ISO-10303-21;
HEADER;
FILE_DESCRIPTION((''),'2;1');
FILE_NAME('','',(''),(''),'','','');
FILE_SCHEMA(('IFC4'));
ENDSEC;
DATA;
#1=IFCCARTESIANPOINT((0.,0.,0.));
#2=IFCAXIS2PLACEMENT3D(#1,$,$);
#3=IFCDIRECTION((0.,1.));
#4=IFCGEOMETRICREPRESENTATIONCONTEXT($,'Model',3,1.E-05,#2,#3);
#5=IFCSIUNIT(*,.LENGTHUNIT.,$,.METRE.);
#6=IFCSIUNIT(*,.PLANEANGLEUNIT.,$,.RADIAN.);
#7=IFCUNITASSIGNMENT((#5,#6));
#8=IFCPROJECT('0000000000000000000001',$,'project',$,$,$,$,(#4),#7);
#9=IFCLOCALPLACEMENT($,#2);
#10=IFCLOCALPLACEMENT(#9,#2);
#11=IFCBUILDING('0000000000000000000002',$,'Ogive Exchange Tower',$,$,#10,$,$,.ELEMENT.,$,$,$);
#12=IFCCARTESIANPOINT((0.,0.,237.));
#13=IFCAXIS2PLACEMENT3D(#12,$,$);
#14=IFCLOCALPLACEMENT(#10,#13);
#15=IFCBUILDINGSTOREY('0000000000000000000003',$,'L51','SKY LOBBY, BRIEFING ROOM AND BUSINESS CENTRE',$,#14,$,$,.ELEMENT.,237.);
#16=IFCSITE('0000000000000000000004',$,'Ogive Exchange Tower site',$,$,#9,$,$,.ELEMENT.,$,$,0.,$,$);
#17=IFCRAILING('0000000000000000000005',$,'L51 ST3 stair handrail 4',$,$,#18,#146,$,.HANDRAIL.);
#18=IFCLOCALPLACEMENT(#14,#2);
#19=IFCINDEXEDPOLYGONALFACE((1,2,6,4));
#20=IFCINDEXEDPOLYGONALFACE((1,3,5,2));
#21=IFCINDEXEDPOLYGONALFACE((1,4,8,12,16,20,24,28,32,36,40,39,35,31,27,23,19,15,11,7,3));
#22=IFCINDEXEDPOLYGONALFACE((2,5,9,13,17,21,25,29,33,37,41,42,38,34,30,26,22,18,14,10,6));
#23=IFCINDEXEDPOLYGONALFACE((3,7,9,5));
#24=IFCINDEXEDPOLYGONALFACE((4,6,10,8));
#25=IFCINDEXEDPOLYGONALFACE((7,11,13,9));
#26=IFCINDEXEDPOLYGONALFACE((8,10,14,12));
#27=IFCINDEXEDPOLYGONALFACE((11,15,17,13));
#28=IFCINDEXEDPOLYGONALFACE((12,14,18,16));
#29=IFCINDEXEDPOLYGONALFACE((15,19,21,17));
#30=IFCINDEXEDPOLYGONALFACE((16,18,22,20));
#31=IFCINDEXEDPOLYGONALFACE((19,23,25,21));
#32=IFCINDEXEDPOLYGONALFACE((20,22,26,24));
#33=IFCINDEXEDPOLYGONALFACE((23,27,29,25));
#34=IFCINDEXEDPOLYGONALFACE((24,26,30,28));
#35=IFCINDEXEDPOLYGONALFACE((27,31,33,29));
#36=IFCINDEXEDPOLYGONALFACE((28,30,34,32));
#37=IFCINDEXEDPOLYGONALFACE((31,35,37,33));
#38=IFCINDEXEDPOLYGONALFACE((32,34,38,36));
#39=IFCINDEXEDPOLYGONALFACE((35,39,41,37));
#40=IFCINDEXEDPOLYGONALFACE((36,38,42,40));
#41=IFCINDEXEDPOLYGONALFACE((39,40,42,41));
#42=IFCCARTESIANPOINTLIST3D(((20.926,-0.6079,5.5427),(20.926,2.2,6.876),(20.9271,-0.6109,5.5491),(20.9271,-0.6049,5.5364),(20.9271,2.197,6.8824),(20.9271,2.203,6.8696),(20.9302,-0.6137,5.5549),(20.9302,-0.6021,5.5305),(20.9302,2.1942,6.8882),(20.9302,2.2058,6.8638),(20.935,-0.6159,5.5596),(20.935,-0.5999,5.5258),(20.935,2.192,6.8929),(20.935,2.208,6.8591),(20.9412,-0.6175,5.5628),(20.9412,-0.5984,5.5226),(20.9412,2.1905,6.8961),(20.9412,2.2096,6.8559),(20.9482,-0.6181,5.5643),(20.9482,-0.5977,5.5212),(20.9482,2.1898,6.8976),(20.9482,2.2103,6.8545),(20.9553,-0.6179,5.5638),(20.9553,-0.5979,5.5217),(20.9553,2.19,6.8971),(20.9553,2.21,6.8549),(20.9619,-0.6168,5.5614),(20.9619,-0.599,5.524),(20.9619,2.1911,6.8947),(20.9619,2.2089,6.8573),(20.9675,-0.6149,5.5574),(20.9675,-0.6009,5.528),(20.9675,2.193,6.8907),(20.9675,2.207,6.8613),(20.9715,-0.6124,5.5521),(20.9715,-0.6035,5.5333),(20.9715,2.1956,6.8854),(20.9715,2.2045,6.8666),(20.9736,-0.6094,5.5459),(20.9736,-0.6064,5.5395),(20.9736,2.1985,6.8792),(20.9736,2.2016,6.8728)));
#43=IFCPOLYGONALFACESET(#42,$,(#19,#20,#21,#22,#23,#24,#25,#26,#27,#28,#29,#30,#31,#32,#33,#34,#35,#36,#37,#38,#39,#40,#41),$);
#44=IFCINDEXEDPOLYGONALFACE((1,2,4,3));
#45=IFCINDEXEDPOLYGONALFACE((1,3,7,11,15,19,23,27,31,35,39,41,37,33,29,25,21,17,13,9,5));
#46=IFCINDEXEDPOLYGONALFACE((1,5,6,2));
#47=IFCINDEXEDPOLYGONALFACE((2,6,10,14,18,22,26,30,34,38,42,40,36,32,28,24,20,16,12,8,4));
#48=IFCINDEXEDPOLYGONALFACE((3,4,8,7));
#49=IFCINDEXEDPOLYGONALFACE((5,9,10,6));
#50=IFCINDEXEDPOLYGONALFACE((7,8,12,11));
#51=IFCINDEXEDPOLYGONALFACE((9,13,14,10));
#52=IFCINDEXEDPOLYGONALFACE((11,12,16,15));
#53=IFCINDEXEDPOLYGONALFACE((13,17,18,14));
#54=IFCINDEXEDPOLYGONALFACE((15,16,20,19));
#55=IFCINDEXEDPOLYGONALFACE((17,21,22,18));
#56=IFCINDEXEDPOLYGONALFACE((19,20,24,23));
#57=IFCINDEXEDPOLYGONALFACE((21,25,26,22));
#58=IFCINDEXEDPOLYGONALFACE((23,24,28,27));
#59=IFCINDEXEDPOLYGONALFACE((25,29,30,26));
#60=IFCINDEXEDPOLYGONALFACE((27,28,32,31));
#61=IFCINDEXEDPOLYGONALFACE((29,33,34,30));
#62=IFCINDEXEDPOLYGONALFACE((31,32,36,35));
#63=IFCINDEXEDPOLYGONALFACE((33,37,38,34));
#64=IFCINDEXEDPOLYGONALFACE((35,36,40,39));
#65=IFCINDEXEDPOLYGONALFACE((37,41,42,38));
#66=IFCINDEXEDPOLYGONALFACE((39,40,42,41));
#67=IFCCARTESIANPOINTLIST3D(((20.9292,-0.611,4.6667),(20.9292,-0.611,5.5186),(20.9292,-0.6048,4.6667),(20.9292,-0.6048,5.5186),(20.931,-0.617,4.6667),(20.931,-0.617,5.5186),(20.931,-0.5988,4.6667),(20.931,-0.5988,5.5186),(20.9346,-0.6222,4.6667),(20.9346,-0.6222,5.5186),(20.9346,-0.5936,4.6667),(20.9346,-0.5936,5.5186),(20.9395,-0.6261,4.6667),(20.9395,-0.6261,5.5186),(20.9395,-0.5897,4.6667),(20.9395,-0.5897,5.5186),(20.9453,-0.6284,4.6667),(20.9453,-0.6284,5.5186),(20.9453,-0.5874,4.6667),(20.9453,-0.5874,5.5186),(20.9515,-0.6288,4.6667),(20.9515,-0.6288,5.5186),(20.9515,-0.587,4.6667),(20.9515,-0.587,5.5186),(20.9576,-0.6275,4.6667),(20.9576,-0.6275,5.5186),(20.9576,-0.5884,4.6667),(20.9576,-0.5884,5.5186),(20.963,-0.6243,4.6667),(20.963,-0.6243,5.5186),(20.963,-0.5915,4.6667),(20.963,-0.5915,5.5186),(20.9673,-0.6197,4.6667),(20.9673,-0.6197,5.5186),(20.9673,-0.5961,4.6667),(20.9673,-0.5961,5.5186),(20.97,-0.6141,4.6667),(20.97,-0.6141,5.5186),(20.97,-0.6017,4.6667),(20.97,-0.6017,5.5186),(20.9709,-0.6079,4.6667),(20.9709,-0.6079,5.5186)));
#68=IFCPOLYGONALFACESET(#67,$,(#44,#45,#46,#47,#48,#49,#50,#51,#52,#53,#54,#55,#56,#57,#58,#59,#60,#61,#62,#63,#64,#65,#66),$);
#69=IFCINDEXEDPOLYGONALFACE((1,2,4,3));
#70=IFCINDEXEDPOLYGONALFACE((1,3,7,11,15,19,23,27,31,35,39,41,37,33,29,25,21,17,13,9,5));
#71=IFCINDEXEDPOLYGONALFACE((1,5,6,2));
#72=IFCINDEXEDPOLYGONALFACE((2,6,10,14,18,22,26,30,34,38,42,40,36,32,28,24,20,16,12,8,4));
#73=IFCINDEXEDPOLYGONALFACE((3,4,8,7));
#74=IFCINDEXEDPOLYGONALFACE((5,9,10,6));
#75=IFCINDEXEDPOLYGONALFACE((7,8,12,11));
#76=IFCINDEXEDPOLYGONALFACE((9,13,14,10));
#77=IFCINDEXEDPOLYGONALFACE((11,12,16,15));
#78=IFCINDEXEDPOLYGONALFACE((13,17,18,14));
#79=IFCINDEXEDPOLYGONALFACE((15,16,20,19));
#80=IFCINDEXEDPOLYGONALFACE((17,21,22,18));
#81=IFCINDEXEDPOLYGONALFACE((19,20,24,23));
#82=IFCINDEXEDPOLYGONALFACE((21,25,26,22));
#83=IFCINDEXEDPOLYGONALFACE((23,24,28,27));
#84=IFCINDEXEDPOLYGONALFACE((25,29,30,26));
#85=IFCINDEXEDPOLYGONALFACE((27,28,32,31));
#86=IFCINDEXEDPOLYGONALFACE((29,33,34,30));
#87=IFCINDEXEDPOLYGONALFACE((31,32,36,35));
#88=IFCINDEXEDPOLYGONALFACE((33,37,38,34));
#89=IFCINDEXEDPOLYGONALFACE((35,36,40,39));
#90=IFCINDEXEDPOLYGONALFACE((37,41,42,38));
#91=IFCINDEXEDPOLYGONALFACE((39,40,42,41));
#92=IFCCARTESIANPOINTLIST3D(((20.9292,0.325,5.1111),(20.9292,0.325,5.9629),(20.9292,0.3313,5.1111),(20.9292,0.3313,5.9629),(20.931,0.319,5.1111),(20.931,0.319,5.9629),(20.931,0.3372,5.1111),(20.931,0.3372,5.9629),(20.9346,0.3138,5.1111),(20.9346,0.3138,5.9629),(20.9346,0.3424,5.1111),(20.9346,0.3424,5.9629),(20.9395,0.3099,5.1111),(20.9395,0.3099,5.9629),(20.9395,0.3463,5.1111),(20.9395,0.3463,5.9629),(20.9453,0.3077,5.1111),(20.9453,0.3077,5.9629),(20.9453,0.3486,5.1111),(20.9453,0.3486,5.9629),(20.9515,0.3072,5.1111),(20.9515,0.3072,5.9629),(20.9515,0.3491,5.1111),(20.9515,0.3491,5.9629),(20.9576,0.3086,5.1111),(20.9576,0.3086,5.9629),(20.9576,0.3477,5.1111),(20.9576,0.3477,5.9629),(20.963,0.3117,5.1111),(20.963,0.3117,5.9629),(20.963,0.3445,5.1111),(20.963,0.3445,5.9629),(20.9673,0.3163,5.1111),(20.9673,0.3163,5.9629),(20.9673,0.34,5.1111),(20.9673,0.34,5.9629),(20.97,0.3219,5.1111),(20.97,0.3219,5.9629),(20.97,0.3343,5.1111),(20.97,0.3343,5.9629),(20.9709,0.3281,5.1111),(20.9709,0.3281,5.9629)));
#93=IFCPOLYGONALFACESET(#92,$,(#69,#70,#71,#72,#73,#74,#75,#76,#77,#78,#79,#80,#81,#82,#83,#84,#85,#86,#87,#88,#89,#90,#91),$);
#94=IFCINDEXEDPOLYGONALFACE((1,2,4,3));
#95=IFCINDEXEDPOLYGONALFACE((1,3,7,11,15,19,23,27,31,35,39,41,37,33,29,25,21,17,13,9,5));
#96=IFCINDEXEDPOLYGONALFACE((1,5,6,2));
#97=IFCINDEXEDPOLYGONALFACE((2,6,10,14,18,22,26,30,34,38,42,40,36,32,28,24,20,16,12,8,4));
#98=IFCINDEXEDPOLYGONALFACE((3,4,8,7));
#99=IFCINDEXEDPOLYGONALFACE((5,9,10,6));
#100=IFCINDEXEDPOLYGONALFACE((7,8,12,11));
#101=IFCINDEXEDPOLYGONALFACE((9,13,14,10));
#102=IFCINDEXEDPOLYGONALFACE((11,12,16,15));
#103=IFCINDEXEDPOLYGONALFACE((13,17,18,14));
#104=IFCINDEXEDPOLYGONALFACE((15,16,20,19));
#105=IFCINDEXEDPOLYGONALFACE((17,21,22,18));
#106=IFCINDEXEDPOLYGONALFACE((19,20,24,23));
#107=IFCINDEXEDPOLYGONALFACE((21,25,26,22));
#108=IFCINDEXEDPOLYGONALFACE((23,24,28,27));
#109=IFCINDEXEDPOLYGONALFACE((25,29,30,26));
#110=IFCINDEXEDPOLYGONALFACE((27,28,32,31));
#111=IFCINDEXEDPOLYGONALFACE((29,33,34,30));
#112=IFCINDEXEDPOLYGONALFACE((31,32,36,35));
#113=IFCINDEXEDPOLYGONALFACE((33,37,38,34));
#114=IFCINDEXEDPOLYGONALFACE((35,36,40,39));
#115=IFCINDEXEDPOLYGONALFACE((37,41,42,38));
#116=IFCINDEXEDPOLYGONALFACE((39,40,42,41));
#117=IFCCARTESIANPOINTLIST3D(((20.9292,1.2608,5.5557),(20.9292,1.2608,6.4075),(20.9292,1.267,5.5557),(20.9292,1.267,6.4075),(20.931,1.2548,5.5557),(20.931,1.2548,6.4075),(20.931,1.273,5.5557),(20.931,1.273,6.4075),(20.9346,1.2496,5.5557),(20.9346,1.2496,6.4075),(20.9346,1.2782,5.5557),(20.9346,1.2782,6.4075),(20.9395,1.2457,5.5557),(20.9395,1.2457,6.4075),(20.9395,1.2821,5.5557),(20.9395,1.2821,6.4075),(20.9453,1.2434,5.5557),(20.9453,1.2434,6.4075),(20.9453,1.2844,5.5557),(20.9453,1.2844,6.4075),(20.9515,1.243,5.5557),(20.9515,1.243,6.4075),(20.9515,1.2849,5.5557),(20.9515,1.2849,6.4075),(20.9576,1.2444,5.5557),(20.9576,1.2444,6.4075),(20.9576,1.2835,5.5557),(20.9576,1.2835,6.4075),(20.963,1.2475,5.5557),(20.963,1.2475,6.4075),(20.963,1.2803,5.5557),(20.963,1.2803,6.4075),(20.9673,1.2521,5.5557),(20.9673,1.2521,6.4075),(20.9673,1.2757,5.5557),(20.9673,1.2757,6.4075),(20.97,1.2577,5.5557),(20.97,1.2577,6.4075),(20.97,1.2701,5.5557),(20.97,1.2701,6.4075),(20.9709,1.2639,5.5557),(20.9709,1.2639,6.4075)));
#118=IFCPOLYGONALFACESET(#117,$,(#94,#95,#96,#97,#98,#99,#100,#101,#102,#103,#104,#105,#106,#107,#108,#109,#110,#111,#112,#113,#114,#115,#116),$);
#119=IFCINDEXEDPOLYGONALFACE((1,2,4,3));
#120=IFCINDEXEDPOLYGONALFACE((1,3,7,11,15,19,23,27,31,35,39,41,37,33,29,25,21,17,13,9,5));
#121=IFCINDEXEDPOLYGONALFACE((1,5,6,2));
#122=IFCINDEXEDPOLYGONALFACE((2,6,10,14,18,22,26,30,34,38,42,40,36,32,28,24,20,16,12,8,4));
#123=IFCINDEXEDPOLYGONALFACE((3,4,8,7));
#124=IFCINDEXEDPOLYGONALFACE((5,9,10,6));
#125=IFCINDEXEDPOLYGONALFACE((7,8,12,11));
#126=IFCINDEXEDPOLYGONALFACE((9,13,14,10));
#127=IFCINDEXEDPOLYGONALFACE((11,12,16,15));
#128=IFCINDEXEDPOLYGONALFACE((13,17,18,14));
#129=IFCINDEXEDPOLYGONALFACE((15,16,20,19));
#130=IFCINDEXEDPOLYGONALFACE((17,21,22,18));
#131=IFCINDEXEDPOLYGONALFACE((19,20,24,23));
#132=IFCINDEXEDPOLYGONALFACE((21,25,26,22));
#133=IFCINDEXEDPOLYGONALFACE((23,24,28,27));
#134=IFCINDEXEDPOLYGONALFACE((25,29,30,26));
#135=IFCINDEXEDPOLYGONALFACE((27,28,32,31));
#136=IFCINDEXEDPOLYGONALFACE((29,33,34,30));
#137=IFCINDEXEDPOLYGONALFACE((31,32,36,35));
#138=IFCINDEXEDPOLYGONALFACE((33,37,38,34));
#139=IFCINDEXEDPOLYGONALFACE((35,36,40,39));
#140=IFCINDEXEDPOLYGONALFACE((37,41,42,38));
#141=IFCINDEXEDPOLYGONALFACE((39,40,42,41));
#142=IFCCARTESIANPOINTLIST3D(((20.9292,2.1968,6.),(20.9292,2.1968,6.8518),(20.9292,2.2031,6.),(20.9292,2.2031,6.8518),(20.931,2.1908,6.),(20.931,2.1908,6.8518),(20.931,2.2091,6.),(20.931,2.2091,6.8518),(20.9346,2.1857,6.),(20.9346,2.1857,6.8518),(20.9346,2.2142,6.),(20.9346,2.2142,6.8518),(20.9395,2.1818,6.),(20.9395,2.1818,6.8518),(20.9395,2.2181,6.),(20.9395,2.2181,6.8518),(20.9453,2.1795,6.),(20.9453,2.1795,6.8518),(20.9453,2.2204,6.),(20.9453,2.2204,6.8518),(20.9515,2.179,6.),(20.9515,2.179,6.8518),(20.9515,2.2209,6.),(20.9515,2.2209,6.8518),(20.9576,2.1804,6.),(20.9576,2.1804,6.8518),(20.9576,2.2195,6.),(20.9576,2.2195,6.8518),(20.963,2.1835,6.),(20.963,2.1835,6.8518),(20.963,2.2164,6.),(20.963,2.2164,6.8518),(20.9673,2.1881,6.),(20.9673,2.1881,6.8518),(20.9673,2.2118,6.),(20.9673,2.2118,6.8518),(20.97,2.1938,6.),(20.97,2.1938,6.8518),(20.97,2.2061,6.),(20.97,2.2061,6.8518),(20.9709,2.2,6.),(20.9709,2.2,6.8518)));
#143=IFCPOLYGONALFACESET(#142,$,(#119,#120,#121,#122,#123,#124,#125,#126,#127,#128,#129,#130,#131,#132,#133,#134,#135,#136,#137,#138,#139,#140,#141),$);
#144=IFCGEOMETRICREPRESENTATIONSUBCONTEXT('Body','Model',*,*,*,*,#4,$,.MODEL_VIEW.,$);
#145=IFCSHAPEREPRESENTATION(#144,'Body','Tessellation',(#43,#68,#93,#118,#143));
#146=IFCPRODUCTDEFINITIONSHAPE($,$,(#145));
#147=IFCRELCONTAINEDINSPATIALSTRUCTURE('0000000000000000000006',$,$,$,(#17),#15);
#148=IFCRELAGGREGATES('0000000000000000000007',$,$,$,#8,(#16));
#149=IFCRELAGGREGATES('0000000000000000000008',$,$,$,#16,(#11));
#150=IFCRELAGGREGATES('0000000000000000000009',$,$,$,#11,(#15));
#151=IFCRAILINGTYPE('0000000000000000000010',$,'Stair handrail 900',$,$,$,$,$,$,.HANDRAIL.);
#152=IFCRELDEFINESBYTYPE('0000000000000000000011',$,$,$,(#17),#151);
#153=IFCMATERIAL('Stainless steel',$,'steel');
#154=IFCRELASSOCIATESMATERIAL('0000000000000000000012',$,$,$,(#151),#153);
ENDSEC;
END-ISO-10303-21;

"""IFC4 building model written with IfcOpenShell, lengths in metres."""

from ifc_helpers import new_model, si_unit, direction, frame, origin, origin_2d, place, context, subcontext, project, spatial, circle, extrude, material, type_object, element, save


model = new_model("IFC4")

# Units and contexts
model_context = context("Model", 3, precision=1e-05, world=origin(), true_north=direction((0.0, 1.0)))
body_context = subcontext(model_context, "Body", "Model", "MODEL_VIEW")
ifc_project = project(units=[si_unit("LENGTHUNIT", "METRE"), si_unit("PLANEANGLEUNIT", "RADIAN")], contexts=[model_context])

# Site, building, storey
site_placement = place(None, origin())
site = spatial("IfcSite", under=ifc_project, at=site_placement, Name="Ogive Exchange Tower site", CompositionType="ELEMENT", RefElevation=0.0)
building_placement = place(site_placement, origin())
building = spatial("IfcBuilding", under=site, at=building_placement, Name="Ogive Exchange Tower", CompositionType="ELEMENT")
storey_placement = place(building_placement, frame((0.0, 0.0, 237.0)))
storey = spatial("IfcBuildingStorey", under=building, at=storey_placement, Name="L51", Description="SKY LOBBY, BRIEFING ROOM AND BUSINESS CENTRE", CompositionType="ELEMENT", Elevation=237.0)

# Shared definitions
ifc_material_1 = material(Name="Stainless steel", Category="steel")

# Railing
railing_type = type_object("IfcRailingType", Name="Stair handrail 900", PredefinedType="HANDRAIL", material=ifc_material_1)
for number, where, name in (
    (1, (20.95, -0.6079, 4.6667), "L51 ST3 stair handrail 4"),
):
    element("IfcRailing", number, at=place(storey_placement, frame(where)), inside=storey, type_object=railing_type, Name=name, PredefinedType="HANDRAIL", context=body_context, shape_type="SweptSolid", body=[
        extrude(circle(Radius=0.0239, at=origin_2d()), frame((0.0, 0.0, 0.876), z_axis=(0.0, 0.903338, 0.42893), x_axis=(-1.0, 0.0, 0.0)), (0.0, 0.0, 1.0), 3.1084),
        extrude(circle(Radius=0.021, at=origin_2d()), origin(), (0.0, 0.0, 1.0), 0.8518),
        extrude(circle(Radius=0.021, at=origin_2d()), frame((0.0, 0.936, 0.4443)), (0.0, 0.0, 1.0), 0.8518),
        extrude(circle(Radius=0.021, at=origin_2d()), frame((0.0, 1.8718, 0.8889)), (0.0, 0.0, 1.0), 0.8518),
        extrude(circle(Radius=0.021, at=origin_2d()), frame((0.0, 2.8079, 1.3333)), (0.0, 0.0, 1.0), 0.8518),
    ])

save(model, "model.ifc")
